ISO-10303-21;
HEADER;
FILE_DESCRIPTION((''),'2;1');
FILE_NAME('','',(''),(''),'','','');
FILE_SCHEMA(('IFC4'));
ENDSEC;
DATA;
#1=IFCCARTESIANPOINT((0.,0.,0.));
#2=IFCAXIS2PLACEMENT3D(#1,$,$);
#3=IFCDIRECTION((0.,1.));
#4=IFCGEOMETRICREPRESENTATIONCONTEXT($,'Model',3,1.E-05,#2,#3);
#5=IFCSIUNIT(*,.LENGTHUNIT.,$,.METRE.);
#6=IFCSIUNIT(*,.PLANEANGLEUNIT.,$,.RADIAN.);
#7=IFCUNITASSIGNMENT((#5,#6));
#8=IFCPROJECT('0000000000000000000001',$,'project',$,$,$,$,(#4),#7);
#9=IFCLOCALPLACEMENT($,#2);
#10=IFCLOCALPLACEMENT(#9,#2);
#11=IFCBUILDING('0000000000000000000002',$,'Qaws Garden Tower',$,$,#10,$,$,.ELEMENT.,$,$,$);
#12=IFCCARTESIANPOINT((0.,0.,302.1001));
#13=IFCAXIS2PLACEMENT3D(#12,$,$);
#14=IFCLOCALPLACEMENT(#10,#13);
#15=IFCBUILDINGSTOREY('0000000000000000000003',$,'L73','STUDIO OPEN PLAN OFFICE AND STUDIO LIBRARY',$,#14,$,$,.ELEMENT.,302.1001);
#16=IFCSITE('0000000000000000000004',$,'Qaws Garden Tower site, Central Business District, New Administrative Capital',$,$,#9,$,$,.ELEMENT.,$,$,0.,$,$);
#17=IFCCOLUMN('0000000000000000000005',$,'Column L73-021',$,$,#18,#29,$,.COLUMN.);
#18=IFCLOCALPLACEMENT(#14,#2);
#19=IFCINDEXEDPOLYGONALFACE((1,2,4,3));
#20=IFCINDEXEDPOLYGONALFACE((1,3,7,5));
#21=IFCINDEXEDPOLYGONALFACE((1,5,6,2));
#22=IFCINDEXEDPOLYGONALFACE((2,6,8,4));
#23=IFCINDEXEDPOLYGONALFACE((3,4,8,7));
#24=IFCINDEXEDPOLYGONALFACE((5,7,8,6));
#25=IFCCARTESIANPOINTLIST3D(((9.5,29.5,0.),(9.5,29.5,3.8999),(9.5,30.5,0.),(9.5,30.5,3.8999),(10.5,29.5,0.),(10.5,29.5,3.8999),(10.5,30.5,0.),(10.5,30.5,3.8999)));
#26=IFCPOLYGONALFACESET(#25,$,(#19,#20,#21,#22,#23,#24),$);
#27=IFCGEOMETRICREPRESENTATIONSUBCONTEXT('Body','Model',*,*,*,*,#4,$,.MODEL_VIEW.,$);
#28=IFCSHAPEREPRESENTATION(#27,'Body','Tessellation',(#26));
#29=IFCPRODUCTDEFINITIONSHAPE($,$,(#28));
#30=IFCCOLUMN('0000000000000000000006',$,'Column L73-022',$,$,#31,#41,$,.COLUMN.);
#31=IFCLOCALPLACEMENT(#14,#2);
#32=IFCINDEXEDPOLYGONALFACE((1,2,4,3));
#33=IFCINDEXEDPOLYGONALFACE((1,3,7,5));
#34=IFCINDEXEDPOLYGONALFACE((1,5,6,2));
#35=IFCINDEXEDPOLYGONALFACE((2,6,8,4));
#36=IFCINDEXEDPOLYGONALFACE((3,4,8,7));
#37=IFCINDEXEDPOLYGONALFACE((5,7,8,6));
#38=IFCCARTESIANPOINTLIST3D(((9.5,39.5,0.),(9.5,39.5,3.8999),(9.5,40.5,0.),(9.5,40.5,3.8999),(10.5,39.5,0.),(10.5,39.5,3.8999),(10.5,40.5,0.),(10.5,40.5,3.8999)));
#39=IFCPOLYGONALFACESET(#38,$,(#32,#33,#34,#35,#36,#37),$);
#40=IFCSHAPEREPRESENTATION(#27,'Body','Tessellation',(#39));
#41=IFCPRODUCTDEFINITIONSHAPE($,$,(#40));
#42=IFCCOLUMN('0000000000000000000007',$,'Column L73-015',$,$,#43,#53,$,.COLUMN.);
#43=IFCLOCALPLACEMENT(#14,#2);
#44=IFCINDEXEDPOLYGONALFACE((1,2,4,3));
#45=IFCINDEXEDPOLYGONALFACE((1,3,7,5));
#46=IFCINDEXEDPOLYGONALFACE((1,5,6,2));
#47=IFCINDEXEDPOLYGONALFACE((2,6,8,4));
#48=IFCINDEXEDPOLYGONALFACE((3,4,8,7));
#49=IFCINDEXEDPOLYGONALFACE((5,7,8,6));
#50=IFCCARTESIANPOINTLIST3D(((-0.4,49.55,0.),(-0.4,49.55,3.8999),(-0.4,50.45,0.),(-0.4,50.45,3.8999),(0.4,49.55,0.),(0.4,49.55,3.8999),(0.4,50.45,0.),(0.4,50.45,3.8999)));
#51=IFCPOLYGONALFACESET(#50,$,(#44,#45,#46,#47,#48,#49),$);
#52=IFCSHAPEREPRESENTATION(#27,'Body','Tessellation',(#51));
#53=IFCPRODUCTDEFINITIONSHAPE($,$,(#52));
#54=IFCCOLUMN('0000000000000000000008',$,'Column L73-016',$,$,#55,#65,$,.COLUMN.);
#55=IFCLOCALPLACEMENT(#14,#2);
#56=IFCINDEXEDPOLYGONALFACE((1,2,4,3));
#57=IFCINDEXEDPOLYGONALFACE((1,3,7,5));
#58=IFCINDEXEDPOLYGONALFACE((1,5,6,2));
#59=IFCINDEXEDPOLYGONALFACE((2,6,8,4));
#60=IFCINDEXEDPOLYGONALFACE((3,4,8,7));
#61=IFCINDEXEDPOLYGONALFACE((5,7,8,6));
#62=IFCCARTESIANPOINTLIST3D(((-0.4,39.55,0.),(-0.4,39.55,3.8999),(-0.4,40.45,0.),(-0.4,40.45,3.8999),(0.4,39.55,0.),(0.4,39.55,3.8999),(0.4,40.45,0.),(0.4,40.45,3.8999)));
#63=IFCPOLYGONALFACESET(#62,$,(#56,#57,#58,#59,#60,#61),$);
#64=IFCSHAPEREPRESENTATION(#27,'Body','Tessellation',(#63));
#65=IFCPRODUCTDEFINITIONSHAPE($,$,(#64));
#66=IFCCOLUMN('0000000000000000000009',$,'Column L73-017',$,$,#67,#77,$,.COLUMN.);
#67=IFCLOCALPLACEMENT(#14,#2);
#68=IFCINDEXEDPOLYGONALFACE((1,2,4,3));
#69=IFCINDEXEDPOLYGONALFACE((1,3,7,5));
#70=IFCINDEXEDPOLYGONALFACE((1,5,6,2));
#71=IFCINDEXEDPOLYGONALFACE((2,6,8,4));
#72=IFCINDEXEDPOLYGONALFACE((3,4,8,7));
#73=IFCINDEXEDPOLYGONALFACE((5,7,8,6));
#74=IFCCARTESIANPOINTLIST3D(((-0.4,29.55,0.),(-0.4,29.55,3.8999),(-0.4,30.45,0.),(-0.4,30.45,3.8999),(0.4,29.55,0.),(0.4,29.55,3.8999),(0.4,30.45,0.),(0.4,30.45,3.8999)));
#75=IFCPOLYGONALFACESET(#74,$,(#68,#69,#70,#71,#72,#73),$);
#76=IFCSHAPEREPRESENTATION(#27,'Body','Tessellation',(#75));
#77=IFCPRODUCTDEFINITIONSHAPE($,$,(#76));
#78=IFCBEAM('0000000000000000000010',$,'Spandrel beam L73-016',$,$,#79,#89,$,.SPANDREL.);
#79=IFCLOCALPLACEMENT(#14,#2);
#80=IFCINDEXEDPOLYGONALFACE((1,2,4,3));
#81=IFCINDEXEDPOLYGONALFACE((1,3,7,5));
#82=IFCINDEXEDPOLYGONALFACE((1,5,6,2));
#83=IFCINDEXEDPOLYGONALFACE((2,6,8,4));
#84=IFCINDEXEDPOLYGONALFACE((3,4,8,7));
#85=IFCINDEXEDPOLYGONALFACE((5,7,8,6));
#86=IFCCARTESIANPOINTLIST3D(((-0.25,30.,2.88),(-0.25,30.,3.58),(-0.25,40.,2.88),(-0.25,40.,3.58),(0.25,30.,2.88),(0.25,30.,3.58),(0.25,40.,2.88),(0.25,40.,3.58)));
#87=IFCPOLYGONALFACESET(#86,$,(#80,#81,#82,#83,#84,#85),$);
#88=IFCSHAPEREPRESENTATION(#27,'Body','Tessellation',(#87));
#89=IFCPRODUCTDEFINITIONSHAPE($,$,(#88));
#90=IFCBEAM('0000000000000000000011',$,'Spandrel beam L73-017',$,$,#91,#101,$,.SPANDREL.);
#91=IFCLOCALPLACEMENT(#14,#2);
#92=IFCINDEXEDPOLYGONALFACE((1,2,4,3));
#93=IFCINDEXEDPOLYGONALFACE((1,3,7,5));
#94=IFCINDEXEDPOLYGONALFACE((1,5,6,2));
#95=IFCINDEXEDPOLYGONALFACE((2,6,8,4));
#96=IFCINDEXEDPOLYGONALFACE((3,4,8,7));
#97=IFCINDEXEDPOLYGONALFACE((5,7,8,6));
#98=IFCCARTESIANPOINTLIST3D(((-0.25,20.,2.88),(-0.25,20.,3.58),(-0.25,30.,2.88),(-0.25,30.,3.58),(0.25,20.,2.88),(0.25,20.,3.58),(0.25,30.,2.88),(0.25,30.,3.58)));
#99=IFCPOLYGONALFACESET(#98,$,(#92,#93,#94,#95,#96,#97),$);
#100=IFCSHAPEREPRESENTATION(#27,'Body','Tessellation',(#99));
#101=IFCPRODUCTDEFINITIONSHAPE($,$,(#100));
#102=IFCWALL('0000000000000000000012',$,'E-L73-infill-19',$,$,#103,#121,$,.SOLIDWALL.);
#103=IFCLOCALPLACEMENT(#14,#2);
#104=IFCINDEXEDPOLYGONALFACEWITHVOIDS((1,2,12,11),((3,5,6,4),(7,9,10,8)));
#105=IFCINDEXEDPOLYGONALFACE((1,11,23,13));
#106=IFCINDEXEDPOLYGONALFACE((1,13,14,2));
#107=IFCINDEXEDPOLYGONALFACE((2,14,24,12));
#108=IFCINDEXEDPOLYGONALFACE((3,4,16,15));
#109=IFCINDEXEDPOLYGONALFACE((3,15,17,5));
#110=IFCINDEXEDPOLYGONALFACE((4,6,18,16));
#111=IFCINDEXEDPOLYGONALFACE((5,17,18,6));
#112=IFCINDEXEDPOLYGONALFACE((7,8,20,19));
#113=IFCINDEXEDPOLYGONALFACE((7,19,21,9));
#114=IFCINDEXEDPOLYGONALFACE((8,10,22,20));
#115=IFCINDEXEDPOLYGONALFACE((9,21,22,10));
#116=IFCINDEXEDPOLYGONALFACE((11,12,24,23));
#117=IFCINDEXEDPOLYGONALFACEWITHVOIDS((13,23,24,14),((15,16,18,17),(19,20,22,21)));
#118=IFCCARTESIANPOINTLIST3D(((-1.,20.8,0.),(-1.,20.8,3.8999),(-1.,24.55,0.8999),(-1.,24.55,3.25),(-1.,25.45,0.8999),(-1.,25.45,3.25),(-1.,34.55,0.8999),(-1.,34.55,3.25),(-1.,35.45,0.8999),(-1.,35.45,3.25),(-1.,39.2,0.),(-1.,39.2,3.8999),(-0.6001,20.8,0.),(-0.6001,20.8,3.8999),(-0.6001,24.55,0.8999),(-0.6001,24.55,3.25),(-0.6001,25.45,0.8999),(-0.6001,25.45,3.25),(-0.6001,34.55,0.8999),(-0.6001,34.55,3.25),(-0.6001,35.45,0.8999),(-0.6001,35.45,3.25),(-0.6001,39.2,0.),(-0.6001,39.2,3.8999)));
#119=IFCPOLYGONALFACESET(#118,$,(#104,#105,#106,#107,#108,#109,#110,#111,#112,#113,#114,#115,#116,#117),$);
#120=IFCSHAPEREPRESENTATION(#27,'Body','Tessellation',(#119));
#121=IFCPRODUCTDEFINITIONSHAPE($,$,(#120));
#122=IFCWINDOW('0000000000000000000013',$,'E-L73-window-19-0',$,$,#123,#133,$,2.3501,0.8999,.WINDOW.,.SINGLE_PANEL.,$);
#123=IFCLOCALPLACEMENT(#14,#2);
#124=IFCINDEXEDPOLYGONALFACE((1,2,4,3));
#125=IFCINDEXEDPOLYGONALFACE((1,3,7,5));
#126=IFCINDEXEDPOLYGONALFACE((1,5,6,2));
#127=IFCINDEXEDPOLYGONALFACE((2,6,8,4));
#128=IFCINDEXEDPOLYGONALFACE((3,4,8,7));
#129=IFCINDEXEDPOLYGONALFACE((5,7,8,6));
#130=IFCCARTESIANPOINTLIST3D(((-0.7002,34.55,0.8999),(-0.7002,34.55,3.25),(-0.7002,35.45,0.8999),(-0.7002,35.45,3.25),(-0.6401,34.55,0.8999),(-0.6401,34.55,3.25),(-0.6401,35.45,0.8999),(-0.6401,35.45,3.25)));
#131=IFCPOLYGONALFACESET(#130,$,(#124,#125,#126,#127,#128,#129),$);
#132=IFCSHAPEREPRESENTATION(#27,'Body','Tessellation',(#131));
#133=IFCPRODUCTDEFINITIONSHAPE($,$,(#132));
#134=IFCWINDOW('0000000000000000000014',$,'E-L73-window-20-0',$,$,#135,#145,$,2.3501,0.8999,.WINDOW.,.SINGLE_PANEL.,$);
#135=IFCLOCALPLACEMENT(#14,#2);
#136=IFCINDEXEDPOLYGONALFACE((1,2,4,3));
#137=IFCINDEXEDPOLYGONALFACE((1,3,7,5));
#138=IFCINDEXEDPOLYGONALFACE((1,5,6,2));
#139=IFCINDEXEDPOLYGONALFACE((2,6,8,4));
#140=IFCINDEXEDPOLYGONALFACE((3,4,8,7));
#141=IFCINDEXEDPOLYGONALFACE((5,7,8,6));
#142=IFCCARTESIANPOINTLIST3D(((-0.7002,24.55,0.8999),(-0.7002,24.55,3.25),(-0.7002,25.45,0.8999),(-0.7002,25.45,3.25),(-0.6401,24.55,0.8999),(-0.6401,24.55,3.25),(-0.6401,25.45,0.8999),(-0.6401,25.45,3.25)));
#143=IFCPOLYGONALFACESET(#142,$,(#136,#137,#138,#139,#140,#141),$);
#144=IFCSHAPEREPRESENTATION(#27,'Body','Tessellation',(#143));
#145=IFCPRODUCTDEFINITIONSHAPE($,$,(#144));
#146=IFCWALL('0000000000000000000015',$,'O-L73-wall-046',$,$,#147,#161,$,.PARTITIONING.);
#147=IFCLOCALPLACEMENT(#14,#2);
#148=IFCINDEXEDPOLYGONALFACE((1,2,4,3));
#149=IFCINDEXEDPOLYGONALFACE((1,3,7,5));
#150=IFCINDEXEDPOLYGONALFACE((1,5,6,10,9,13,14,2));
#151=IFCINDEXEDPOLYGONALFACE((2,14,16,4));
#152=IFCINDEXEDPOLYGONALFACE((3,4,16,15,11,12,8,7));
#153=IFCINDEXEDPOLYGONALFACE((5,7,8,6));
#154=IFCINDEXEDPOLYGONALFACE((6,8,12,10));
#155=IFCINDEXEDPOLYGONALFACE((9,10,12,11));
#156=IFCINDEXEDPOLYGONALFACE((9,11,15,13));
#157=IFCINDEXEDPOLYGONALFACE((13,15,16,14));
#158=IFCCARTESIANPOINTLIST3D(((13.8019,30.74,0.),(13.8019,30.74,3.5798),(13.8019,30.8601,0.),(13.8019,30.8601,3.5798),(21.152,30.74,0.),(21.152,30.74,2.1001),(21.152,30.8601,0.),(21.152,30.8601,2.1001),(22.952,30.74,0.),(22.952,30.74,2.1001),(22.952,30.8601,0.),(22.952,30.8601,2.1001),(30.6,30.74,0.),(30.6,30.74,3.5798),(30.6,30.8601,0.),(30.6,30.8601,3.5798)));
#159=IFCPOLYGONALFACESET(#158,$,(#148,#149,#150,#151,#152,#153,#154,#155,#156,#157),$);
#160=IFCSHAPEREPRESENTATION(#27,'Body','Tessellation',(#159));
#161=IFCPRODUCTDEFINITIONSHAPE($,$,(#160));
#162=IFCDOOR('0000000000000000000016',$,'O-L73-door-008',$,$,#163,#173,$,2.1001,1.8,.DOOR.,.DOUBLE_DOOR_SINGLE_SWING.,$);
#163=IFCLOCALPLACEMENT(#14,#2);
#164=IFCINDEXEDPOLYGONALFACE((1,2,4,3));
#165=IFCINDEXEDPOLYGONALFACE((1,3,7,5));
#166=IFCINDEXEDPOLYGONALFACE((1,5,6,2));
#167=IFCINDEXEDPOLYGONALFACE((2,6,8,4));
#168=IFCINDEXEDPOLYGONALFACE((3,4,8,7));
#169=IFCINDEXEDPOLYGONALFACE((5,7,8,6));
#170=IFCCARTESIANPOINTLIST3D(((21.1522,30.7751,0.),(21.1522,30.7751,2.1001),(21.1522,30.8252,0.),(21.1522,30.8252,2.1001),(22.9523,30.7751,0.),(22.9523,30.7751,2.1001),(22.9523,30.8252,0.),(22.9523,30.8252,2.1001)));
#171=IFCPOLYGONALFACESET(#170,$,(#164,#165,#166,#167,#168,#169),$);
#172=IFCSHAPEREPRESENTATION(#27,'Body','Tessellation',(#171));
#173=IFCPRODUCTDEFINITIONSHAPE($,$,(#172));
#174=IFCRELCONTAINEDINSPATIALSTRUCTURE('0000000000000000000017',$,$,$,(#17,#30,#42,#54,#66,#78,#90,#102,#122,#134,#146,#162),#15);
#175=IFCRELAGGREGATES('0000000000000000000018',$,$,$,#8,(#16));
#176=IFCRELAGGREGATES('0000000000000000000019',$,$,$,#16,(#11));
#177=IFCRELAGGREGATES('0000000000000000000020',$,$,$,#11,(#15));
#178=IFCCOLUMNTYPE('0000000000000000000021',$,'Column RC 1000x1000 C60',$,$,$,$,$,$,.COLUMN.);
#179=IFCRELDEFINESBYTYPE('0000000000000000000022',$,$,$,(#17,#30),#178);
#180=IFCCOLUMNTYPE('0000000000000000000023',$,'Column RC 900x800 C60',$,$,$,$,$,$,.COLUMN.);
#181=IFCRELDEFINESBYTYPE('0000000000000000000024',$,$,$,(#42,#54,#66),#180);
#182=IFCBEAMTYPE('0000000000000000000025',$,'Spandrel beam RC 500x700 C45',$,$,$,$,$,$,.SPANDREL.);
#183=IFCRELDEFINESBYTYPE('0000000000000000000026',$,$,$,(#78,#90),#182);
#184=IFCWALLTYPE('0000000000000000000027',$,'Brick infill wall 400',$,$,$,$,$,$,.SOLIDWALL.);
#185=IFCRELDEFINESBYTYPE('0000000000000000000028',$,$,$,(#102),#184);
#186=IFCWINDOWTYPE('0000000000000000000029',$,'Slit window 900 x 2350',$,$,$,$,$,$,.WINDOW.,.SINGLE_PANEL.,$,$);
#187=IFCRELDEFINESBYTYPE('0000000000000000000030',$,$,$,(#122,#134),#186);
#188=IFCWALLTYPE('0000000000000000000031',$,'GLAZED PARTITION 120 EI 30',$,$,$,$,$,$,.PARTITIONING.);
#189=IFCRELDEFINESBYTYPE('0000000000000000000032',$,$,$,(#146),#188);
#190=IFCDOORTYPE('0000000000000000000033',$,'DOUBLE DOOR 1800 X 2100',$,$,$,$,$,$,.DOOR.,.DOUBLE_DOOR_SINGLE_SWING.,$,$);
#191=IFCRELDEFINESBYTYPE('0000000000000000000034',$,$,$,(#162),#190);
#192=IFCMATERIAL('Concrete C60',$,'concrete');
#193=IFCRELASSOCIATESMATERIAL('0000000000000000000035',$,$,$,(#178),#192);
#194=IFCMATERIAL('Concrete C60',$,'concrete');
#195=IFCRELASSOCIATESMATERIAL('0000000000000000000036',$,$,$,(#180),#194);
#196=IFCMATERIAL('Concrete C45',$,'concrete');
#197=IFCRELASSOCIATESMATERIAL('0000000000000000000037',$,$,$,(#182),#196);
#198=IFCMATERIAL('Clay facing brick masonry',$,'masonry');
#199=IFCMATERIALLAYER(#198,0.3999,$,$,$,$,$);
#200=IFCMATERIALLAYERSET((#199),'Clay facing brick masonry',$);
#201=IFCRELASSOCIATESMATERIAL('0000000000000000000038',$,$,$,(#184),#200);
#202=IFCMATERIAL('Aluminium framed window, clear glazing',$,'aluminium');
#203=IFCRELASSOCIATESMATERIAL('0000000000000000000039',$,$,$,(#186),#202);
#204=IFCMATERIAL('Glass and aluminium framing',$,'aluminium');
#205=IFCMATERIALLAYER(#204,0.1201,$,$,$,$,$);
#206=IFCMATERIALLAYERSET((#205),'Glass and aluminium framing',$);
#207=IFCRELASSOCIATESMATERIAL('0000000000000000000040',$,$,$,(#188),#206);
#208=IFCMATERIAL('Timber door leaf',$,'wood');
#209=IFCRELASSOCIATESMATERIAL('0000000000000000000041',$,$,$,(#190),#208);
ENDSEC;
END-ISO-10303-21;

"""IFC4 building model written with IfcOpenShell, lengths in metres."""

from ifc_helpers import new_model, si_unit, direction, frame, frame_2d, origin, origin_2d, place, context, subcontext, project, spatial, rectangle, extrude, material, layer, layer_set, material_profile, profile_set, type_object, element, fill, save


model = new_model("IFC4")

# Units and contexts
model_context = context("Model", 3, precision=1e-05, world=origin(), true_north=direction((0.0, 1.0)))
body_context = subcontext(model_context, "Body", "Model", "MODEL_VIEW")
ifc_project = project(units=[si_unit("LENGTHUNIT", "METRE"), si_unit("PLANEANGLEUNIT", "RADIAN")], contexts=[model_context])

# Site, building, storey
site_placement = place(None, origin())
site = spatial("IfcSite", under=ifc_project, at=site_placement, Name="Qaws Garden Tower site, Central Business District, New Administrative Capital", CompositionType="ELEMENT", RefElevation=0.0)
building_placement = place(site_placement, origin())
building = spatial("IfcBuilding", under=site, at=building_placement, Name="Qaws Garden Tower", CompositionType="ELEMENT")
storey_placement = place(building_placement, frame((0.0, 0.0, 302.1001)))
storey = spatial("IfcBuildingStorey", under=building, at=storey_placement, Name="L73", Description="STUDIO OPEN PLAN OFFICE AND STUDIO LIBRARY", CompositionType="ELEMENT", Elevation=302.1001)

# Columns
ifc_material_1 = material(Name="Concrete C60", Category="concrete")
ifc_material_profile_1 = material_profile(ifc_material_1, rectangle(XDim=1.0, YDim=1.0, at=origin_2d()), Name="RC 1000x1000")
ifc_profile_set_1 = profile_set([ifc_material_profile_1], Name="Concrete C60")
column_type_1 = type_object("IfcColumnType", Name="Column RC 1000x1000 C60", PredefinedType="COLUMN", material=ifc_profile_set_1)
for number, where, z_axis, x_axis, name in (
    (1, (10.0, 30.0, 0.0), (0.0, 0.0, 1.0), (1.0, 0.0, 0.0), "Column L73-021"),
    (2, (10.0, 40.0, 0.0), (0.0, 0.0, 1.0), (1.0, 0.0, 0.0), "Column L73-022"),
):
    element("IfcColumn", number, at=place(storey_placement, frame(where, z_axis=z_axis, x_axis=x_axis)), inside=storey, type_object=column_type_1, Name=name, PredefinedType="COLUMN", context=body_context, shape_type="SweptSolid", body=[
        extrude(rectangle(XDim=1.0, YDim=1.0, at=origin_2d()), origin(), (0.0, 0.0, 1.0), 3.8999),
    ])
ifc_material_2 = material(Name="Concrete C60", Category="concrete")
ifc_material_profile_2 = material_profile(ifc_material_2, rectangle(XDim=0.8999, YDim=0.8, at=origin_2d()), Name="RC 900x800")
ifc_profile_set_2 = profile_set([ifc_material_profile_2], Name="Concrete C60")
column_type_2 = type_object("IfcColumnType", Name="Column RC 900x800 C60", PredefinedType="COLUMN", material=ifc_profile_set_2)
for number, where, z_axis, x_axis, name in (
    (3, (0.0, 50.0, 0.0), (0.0, 0.0, 1.0), (0.0, 1.0, 0.0), "Column L73-015"),
    (4, (0.0, 40.0, 0.0), (0.0, 0.0, 1.0), (0.0, 1.0, 0.0), "Column L73-016"),
    (5, (0.0, 30.0, 0.0), (0.0, 0.0, 1.0), (0.0, 1.0, 0.0), "Column L73-017"),
):
    element("IfcColumn", number, at=place(storey_placement, frame(where, z_axis=z_axis, x_axis=x_axis)), inside=storey, type_object=column_type_2, Name=name, PredefinedType="COLUMN", context=body_context, shape_type="SweptSolid", body=[
        extrude(rectangle(XDim=0.8999, YDim=0.8, at=origin_2d()), origin(), (0.0, 0.0, 1.0), 3.8999),
    ])

# Beams
ifc_material_3 = material(Name="Concrete C45", Category="concrete")
ifc_material_profile_3 = material_profile(ifc_material_3, rectangle(XDim=0.5, YDim=0.7, at=origin_2d()), Name="RC 500x700")
ifc_profile_set_3 = profile_set([ifc_material_profile_3], Name="Concrete C45")
beam_type = type_object("IfcBeamType", Name="Spandrel beam RC 500x700 C45", PredefinedType="SPANDREL", material=ifc_profile_set_3)
for number, where, z_axis, x_axis, name in (
    (6, (0.0, 40.0, 3.23), (0.0, -1.0, 0.0), (1.0, 0.0, 0.0), "Spandrel beam L73-016"),
    (7, (0.0, 30.0, 3.23), (0.0, -1.0, 0.0), (1.0, 0.0, 0.0), "Spandrel beam L73-017"),
):
    element("IfcBeam", number, at=place(storey_placement, frame(where, z_axis=z_axis, x_axis=x_axis)), inside=storey, type_object=beam_type, Name=name, PredefinedType="SPANDREL", context=body_context, shape_type="SweptSolid", body=[
        extrude(rectangle(XDim=0.5, YDim=0.7, at=origin_2d()), origin(), (0.0, 0.0, 1.0), 10.0),
    ])

# Wall, openings, windows
ifc_material_4 = material(Name="Clay facing brick masonry", Category="masonry")
ifc_layer_1 = layer(ifc_material_4, 0.3999)
ifc_layer_set_1 = layer_set([ifc_layer_1], Name="Clay facing brick masonry")
wall_type_1 = type_object("IfcWallType", Name="Brick infill wall 400", PredefinedType="SOLIDWALL", material=ifc_layer_set_1)
wall_1_placement = place(storey_placement, frame((-0.8, 39.2, 0.0), z_axis=(0.0, 0.0, 1.0), x_axis=(0.0, -1.0, 0.0)))
wall_1 = element("IfcWall", 8, at=wall_1_placement, inside=storey, type_object=wall_type_1, Name="E-L73-infill-19", PredefinedType="SOLIDWALL", context=body_context, shape_type="SweptSolid", body=[
    extrude(rectangle(XDim=18.3999, YDim=0.3999, at=frame_2d((9.2, 0.0))), origin(), (0.0, 0.0, 1.0), 3.8999),
])
opening_1_placement = place(wall_1_placement, frame((3.75, 0.0, 0.8999)))
opening_1 = element("IfcOpeningElement", 9, at=opening_1_placement, cuts=wall_1, PredefinedType="OPENING", context=body_context, shape_type="SweptSolid", body=[
    extrude(rectangle(XDim=0.8999, YDim=2.3501, at=frame_2d((0.45, 1.175))), frame((0.0, 0.21, 0.0), z_axis=(0.0, -1.0, 0.0), x_axis=(1.0, 0.0, 0.0)), (0.0, 0.0, 1.0), 0.4199),
])
opening_2_placement = place(wall_1_placement, frame((13.75, 0.0, 0.8999)))
opening_2 = element("IfcOpeningElement", 10, at=opening_2_placement, cuts=wall_1, PredefinedType="OPENING", context=body_context, shape_type="SweptSolid", body=[
    extrude(rectangle(XDim=0.8999, YDim=2.3501, at=frame_2d((0.45, 1.175))), frame((0.0, 0.21, 0.0), z_axis=(0.0, -1.0, 0.0), x_axis=(1.0, 0.0, 0.0)), (0.0, 0.0, 1.0), 0.4199),
])
ifc_material_5 = material(Name="Aluminium framed window, clear glazing", Category="aluminium")
window_type = type_object("IfcWindowType", Name="Slit window 900 x 2350", PartitioningType="SINGLE_PANEL", PredefinedType="WINDOW", material=ifc_material_5)
window_1_placement = place(opening_1_placement, origin())
window_1 = element("IfcWindow", 11, at=window_1_placement, inside=storey, type_object=window_type, Name="E-L73-window-19-0", OverallHeight=2.3501, OverallWidth=0.8999, PartitioningType="SINGLE_PANEL", PredefinedType="WINDOW", context=body_context, shape_type="SweptSolid", body=[
    extrude(rectangle(XDim=0.8999, YDim=2.3501, at=frame_2d((0.45, 1.175))), frame((0.0, 0.1599, 0.0), z_axis=(0.0, -1.0, 0.0), x_axis=(1.0, 0.0, 0.0)), (0.0, 0.0, 1.0), 0.0601),
])
fill(opening_1, window_1)
window_2_placement = place(opening_2_placement, origin())
window_2 = element("IfcWindow", 12, at=window_2_placement, inside=storey, type_object=window_type, Name="E-L73-window-20-0", OverallHeight=2.3501, OverallWidth=0.8999, PartitioningType="SINGLE_PANEL", PredefinedType="WINDOW", context=body_context, shape_type="SweptSolid", body=[
    extrude(rectangle(XDim=0.8999, YDim=2.3501, at=frame_2d((0.45, 1.175))), frame((0.0, 0.1599, 0.0), z_axis=(0.0, -1.0, 0.0), x_axis=(1.0, 0.0, 0.0)), (0.0, 0.0, 1.0), 0.0601),
])
fill(opening_2, window_2)

# Wall, opening, door
ifc_material_6 = material(Name="Glass and aluminium framing", Category="aluminium")
ifc_layer_2 = layer(ifc_material_6, 0.1201)
ifc_layer_set_2 = layer_set([ifc_layer_2], Name="Glass and aluminium framing")
wall_type_2 = type_object("IfcWallType", Name="GLAZED PARTITION 120 EI 30", PredefinedType="PARTITIONING", material=ifc_layer_set_2)
wall_2_placement = place(storey_placement, frame((13.802, 30.8, 0.0), z_axis=(0.0, 0.0, 1.0), x_axis=(1.0, 0.0, 0.0)))
wall_2 = element("IfcWall", 13, at=wall_2_placement, inside=storey, type_object=wall_type_2, Name="O-L73-wall-046", PredefinedType="PARTITIONING", context=body_context, shape_type="SweptSolid", body=[
    extrude(rectangle(XDim=16.7981, YDim=0.1201, at=frame_2d((8.3989, 0.0))), origin(), (0.0, 0.0, 1.0), 3.5798),
])
opening_3_placement = place(wall_2_placement, frame((7.3501, 0.0, 0.0)))
opening_3 = element("IfcOpeningElement", 14, at=opening_3_placement, cuts=wall_2, PredefinedType="OPENING", context=body_context, shape_type="SweptSolid", body=[
    extrude(rectangle(XDim=1.8, YDim=2.1001, at=frame_2d((0.8999, 1.05))), frame((0.0, 0.0701, 0.0), z_axis=(0.0, -1.0, 0.0), x_axis=(1.0, 0.0, 0.0)), (0.0, 0.0, 1.0), 0.1401),
])
ifc_material_7 = material(Name="Timber door leaf", Category="wood")
door_type_1 = type_object("IfcDoorType", Name="DOUBLE DOOR 1800 X 2100", OperationType="DOUBLE_DOOR_SINGLE_SWING", PredefinedType="DOOR", material=ifc_material_7)
door_1_placement = place(opening_3_placement, frame((1.8, 0.0, 0.0), z_axis=(0.0, 0.0, 1.0), x_axis=(-1.0, 0.0, 0.0)))
door_1 = element("IfcDoor", 15, at=door_1_placement, inside=storey, type_object=door_type_1, Name="O-L73-door-008", OperationType="DOUBLE_DOOR_SINGLE_SWING", OverallHeight=2.1001, OverallWidth=1.8, PredefinedType="DOOR", context=body_context, shape_type="SweptSolid", body=[
    extrude(rectangle(XDim=1.8, YDim=2.1001, at=frame_2d((0.8999, 1.05))), frame((0.0, 0.0249, 0.0), z_axis=(0.0, -1.0, 0.0), x_axis=(1.0, 0.0, 0.0)), (0.0, 0.0, 1.0), 0.05),
])
fill(opening_3, door_1)

save(model, "model.ifc")
